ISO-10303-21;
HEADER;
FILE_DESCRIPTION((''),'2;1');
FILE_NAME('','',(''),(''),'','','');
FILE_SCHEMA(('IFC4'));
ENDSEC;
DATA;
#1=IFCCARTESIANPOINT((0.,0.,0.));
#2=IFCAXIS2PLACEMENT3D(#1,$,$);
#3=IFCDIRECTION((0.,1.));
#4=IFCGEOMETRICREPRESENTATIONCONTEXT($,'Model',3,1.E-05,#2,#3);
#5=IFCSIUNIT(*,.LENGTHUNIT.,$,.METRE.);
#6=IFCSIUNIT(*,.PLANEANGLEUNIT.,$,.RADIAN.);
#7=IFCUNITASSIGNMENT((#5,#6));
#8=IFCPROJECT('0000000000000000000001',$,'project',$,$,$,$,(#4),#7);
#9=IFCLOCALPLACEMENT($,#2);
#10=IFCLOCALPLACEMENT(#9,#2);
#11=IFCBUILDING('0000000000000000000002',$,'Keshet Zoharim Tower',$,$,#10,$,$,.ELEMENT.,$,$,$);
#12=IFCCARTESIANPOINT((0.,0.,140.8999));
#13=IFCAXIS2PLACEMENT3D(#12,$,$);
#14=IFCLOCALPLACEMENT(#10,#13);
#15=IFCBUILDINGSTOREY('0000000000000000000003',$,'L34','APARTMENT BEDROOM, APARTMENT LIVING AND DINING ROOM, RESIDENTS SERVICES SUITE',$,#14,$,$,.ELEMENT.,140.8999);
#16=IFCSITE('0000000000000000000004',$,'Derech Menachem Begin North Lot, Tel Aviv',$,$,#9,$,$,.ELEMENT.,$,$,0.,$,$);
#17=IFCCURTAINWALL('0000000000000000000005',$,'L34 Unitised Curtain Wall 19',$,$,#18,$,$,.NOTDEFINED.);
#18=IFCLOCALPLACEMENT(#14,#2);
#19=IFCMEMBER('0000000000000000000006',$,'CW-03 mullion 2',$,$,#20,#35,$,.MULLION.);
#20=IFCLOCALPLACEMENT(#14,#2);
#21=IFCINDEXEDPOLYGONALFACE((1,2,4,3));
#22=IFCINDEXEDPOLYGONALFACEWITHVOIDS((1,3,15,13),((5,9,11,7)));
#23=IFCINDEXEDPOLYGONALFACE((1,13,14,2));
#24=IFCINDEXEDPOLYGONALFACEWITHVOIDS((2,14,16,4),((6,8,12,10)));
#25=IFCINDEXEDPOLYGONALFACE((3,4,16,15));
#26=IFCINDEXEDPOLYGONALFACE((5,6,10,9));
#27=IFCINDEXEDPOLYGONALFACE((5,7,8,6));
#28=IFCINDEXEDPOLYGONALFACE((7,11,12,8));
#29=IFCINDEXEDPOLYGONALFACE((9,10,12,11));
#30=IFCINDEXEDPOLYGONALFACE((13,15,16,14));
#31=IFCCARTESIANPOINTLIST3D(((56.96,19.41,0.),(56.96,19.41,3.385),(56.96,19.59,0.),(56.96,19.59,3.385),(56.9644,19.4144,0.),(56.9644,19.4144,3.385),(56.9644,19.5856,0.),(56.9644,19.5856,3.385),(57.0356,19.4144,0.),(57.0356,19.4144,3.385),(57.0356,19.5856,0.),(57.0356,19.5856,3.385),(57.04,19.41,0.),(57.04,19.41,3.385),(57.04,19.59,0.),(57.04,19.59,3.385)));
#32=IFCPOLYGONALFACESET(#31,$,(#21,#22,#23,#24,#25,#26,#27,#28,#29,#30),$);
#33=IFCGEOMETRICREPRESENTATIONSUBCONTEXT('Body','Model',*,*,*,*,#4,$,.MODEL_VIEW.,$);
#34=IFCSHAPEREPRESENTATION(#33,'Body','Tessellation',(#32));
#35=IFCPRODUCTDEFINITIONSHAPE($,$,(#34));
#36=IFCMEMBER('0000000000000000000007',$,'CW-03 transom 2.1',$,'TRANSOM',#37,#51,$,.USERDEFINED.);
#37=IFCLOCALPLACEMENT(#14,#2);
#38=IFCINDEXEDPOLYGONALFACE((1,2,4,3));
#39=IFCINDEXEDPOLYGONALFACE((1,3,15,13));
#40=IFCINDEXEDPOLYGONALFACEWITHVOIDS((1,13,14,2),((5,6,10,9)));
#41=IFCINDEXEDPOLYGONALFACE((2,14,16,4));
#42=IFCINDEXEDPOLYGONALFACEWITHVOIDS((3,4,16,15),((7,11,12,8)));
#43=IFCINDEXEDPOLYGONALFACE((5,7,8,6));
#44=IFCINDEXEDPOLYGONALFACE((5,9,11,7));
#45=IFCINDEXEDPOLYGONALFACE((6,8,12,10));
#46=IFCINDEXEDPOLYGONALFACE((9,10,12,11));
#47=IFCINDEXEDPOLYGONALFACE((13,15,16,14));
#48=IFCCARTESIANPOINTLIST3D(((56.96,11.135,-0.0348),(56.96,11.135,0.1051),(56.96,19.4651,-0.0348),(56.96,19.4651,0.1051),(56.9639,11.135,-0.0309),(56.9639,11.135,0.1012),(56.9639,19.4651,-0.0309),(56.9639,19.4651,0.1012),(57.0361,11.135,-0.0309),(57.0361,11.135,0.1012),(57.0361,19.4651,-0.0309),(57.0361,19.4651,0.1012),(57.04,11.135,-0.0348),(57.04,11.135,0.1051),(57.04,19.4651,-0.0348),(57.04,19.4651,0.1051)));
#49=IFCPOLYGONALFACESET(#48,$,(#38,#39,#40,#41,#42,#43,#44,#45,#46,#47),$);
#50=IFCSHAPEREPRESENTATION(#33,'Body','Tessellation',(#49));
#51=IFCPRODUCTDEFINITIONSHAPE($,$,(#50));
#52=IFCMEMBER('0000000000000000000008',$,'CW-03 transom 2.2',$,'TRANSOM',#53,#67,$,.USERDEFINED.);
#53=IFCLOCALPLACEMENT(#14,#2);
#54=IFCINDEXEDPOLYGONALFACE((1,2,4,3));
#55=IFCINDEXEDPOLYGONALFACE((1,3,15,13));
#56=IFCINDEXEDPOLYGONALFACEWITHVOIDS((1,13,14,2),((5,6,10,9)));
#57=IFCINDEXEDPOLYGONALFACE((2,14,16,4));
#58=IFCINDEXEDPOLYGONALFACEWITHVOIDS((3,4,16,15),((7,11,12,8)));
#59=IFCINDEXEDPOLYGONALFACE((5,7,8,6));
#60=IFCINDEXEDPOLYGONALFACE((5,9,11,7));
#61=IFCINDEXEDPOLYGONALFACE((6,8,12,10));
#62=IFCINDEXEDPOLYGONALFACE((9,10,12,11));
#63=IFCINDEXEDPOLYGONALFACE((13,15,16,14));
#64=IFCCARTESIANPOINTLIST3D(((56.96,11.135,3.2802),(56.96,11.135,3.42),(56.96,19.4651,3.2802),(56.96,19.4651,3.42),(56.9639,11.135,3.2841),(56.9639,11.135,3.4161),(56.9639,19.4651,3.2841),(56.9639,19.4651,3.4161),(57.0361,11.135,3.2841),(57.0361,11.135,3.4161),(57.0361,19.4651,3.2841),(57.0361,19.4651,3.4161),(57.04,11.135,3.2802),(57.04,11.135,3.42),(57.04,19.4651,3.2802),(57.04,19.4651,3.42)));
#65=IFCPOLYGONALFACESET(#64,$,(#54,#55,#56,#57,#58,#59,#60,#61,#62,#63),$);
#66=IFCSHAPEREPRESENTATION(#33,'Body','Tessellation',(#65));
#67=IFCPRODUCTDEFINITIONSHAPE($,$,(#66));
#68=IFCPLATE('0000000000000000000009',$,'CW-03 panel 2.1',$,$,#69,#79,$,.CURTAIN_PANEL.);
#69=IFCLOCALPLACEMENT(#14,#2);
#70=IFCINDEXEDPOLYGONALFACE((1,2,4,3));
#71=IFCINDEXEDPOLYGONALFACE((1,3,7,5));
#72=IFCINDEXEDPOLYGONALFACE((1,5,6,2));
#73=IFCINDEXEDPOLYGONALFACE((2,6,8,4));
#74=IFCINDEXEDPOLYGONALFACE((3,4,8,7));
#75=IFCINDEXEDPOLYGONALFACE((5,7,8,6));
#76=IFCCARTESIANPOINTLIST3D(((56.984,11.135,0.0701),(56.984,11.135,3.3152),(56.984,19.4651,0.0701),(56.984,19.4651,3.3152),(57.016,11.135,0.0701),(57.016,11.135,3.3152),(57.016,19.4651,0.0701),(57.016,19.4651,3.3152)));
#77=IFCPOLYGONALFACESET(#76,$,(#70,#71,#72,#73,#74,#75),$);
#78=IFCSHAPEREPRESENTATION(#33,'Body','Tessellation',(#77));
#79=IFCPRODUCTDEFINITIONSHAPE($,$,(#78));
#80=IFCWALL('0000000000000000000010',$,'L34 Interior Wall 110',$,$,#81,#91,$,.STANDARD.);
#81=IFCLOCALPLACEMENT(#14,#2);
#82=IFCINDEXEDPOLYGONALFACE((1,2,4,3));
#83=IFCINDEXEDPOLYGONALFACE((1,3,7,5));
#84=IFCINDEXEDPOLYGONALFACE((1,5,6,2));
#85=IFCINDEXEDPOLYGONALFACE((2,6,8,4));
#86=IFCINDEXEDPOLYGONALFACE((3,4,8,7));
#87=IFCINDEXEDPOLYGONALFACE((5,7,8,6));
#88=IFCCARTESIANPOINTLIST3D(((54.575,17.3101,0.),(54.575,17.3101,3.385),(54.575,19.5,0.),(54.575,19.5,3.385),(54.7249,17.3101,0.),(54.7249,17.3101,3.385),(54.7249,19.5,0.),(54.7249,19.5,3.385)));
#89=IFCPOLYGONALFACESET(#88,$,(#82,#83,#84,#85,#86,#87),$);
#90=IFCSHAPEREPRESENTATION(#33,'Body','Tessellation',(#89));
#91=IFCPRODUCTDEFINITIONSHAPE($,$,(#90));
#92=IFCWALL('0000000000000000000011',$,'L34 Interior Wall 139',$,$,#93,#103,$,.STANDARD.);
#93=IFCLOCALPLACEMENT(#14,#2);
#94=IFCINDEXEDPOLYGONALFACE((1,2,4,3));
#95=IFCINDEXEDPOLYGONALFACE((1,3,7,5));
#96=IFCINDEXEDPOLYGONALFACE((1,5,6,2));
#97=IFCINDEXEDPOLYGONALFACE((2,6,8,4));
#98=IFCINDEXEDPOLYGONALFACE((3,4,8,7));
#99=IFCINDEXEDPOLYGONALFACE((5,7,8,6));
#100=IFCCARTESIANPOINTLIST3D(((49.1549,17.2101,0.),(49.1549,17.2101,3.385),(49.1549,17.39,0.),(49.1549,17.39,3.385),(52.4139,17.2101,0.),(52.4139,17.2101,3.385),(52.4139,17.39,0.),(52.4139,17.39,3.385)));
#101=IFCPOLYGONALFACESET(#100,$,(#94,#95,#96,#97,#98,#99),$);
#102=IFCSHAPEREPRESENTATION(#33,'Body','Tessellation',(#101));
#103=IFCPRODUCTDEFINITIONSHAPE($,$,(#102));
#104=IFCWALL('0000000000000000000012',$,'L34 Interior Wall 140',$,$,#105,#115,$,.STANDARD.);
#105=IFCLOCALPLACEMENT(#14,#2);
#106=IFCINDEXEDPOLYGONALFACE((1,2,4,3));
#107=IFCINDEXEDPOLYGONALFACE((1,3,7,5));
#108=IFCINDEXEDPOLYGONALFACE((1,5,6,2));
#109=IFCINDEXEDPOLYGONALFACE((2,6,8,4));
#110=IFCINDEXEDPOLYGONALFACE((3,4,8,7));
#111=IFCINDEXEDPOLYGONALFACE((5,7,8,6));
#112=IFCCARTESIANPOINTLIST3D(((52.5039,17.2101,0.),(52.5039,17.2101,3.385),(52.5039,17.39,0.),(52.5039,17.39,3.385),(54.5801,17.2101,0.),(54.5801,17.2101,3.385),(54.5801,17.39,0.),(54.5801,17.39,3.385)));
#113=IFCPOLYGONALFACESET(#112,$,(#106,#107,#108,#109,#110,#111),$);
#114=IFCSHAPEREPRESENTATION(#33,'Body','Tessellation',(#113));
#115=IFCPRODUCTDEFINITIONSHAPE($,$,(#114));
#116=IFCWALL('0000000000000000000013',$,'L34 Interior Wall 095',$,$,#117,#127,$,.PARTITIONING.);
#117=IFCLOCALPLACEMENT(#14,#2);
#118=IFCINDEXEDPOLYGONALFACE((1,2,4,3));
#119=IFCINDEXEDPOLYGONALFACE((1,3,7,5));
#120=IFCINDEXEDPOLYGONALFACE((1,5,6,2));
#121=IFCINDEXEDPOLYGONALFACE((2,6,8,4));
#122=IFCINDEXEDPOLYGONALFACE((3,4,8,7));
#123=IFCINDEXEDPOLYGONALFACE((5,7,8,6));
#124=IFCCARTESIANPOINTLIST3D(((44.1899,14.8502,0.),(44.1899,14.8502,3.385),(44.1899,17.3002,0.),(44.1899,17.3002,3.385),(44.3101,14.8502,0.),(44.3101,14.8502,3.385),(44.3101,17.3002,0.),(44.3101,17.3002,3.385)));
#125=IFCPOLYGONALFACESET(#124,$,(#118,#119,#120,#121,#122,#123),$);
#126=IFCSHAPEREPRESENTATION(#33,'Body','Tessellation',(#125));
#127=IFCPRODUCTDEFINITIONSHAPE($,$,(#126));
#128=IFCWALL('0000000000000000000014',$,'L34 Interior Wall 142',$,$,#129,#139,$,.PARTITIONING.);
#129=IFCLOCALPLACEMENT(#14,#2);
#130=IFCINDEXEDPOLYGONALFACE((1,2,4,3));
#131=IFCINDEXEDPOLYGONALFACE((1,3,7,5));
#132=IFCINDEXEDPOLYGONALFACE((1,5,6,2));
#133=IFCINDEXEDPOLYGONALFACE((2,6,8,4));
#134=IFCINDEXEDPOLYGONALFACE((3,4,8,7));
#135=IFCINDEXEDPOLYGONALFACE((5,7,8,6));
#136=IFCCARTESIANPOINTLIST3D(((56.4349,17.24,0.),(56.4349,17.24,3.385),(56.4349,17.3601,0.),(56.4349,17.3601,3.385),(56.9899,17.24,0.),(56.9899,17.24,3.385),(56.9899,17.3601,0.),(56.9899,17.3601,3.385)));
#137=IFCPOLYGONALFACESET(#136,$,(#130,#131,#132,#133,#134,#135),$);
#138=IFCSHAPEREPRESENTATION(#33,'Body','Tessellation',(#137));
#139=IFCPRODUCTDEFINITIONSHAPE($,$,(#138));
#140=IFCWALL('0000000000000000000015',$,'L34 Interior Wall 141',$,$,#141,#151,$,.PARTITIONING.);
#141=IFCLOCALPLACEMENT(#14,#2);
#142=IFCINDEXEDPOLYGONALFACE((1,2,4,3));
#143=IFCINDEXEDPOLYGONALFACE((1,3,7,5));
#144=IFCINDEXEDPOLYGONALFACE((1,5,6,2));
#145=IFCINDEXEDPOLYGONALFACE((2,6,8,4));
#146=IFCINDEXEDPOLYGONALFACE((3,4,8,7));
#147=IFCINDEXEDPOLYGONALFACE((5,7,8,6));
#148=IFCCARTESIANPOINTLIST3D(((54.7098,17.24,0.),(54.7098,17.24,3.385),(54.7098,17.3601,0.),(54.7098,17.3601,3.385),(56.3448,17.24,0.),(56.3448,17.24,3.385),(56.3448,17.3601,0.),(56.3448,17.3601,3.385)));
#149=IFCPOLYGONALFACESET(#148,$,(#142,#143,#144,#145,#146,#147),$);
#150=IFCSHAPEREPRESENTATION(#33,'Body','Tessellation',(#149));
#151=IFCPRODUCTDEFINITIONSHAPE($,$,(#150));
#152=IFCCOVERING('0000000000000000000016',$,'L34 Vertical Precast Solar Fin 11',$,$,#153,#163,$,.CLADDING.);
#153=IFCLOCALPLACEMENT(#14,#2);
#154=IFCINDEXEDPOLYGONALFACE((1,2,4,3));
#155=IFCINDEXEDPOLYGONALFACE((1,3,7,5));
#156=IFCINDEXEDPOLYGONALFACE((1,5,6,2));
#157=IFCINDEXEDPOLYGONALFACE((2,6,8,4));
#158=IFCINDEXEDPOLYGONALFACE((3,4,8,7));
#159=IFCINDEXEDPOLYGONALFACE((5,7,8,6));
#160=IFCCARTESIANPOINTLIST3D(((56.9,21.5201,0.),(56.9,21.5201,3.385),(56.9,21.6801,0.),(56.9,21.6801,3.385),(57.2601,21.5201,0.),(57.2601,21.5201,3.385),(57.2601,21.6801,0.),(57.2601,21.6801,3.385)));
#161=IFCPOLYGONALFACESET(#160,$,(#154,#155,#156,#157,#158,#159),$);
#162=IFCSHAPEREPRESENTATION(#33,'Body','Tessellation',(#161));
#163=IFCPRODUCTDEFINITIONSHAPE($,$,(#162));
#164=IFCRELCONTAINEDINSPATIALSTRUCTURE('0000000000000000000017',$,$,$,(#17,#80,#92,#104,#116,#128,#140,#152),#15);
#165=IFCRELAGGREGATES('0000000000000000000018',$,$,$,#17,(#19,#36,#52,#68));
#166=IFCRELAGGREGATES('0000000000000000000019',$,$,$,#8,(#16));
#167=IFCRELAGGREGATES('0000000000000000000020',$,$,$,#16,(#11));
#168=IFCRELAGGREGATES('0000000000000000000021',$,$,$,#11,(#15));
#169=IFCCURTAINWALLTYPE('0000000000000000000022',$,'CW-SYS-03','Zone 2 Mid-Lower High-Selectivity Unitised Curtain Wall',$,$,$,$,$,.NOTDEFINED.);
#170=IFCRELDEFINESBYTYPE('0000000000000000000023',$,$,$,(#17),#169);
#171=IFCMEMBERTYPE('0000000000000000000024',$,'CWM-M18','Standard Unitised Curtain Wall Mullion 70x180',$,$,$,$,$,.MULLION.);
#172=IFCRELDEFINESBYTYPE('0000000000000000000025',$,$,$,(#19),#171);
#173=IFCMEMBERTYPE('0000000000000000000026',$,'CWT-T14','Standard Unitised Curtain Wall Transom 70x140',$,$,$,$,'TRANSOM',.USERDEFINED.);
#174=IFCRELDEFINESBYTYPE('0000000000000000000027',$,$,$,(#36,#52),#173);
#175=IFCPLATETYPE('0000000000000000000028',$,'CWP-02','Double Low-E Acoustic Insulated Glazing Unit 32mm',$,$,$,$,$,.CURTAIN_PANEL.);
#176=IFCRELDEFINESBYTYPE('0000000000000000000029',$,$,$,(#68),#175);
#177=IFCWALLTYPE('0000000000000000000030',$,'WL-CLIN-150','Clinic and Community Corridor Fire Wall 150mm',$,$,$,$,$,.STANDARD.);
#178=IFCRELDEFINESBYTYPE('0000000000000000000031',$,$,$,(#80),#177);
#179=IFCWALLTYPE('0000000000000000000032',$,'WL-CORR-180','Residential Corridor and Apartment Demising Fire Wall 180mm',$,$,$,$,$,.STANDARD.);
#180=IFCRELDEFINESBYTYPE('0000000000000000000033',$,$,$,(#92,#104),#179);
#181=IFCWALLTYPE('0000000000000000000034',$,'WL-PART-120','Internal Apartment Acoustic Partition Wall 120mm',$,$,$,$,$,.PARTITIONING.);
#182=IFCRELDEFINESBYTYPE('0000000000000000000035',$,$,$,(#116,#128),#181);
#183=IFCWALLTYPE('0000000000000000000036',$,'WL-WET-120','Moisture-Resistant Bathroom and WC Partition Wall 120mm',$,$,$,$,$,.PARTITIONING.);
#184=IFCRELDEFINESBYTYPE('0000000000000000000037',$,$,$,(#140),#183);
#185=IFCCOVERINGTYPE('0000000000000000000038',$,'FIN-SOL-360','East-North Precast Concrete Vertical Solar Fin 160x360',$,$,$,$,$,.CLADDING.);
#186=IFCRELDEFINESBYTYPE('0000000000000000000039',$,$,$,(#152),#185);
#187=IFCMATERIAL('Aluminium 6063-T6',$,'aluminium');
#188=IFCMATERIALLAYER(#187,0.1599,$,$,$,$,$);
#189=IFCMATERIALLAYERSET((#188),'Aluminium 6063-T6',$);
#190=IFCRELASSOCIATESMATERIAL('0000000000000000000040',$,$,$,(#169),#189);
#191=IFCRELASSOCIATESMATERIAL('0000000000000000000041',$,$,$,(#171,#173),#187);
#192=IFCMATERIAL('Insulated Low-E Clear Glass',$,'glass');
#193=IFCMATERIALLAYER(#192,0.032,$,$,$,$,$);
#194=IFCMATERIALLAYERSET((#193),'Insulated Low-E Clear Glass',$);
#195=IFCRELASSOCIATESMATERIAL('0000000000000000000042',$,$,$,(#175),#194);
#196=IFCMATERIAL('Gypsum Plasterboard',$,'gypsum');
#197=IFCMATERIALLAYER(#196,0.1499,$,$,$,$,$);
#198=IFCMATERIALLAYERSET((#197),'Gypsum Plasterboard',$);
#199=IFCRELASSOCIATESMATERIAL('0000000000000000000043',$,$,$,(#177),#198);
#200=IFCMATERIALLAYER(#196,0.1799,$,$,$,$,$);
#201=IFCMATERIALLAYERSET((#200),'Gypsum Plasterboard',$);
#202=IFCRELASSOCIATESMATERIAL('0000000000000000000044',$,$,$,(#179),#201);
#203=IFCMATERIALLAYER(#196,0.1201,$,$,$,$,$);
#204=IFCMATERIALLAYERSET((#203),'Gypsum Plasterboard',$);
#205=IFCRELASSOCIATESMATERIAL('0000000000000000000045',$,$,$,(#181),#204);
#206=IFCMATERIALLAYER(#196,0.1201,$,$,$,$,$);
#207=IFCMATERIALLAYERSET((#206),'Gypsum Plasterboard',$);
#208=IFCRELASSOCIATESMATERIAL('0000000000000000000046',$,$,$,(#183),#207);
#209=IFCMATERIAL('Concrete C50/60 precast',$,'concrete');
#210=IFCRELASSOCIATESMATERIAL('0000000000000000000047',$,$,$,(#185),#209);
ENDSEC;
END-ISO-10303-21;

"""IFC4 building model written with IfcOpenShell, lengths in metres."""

from ifc_helpers import new_model, si_unit, direction, frame, frame_2d, origin, origin_2d, place, context, subcontext, project, spatial, rectangle, hollow_rectangle, extrude, material, layer, layer_set, material_profile, profile_set, type_object, element, aggregate, save


model = new_model("IFC4")

# Units and contexts
model_context = context("Model", 3, precision=1e-05, world=origin(), true_north=direction((0.0, 1.0)))
body_context = subcontext(model_context, "Body", "Model", "MODEL_VIEW")
ifc_project = project(units=[si_unit("LENGTHUNIT", "METRE"), si_unit("PLANEANGLEUNIT", "RADIAN")], contexts=[model_context])

# Site, building, storey
site_placement = place(None, origin())
site = spatial("IfcSite", under=ifc_project, at=site_placement, Name="Derech Menachem Begin North Lot, Tel Aviv", CompositionType="ELEMENT", RefElevation=0.0)
building_placement = place(site_placement, origin())
building = spatial("IfcBuilding", under=site, at=building_placement, Name="Keshet Zoharim Tower", CompositionType="ELEMENT")
storey_placement = place(building_placement, frame((0.0, 0.0, 140.8999)))
storey = spatial("IfcBuildingStorey", under=building, at=storey_placement, Name="L34", Description="APARTMENT BEDROOM, APARTMENT LIVING AND DINING ROOM, RESIDENTS SERVICES SUITE", CompositionType="ELEMENT", Elevation=140.8999)

# Curtain wall, members, plate
ifc_material_1 = material(Name="Aluminium 6063-T6", Category="aluminium")
ifc_layer_1 = layer(ifc_material_1, 0.1599)
ifc_layer_set_1 = layer_set([ifc_layer_1], Name="Aluminium 6063-T6")
curtain_wall_type = type_object("IfcCurtainWallType", Name="CW-SYS-03", Description="Zone 2 Mid-Lower High-Selectivity Unitised Curtain Wall", PredefinedType="NOTDEFINED", material=ifc_layer_set_1)
curtain_wall_placement = place(storey_placement, origin())
curtain_wall = element("IfcCurtainWall", 1, at=curtain_wall_placement, inside=storey, type_object=curtain_wall_type, Name="L34 Unitised Curtain Wall 19", PredefinedType="NOTDEFINED")
ifc_material_profile_1 = material_profile(ifc_material_1, hollow_rectangle(XDim=0.0801, YDim=0.1799, WallThickness=0.0044, at=origin_2d()), Name="MUL-80x180")
ifc_profile_set_1 = profile_set([ifc_material_profile_1], Name="Aluminium 6063-T6")
member_type_1 = type_object("IfcMemberType", Name="CWM-M18", Description="Standard Unitised Curtain Wall Mullion 70x180", PredefinedType="MULLION", material=ifc_profile_set_1)
member_1_placement = place(storey_placement, frame((57.0, 19.5, 0.0), z_axis=(0.0, 0.0, 1.0), x_axis=(1.0, 0.0, 0.0)))
member_1 = element("IfcMember", 2, at=member_1_placement, type_object=member_type_1, Name="CW-03 mullion 2", PredefinedType="MULLION", context=body_context, shape_type="SweptSolid", body=[
    extrude(hollow_rectangle(XDim=0.0801, YDim=0.1799, WallThickness=0.0044, at=origin_2d()), origin(), (0.0, 0.0, 1.0), 3.385),
])
ifc_material_profile_2 = material_profile(ifc_material_1, hollow_rectangle(XDim=0.0801, YDim=0.1399, WallThickness=0.0039, at=origin_2d()), Name="TRN-80x140")
ifc_profile_set_2 = profile_set([ifc_material_profile_2], Name="Aluminium 6063-T6")
member_type_2 = type_object("IfcMemberType", Name="CWT-T14", Description="Standard Unitised Curtain Wall Transom 70x140", ElementType="TRANSOM", PredefinedType="USERDEFINED", material=ifc_profile_set_2)
member_2_placement = place(storey_placement, frame((57.0, 19.4651, 0.0352), z_axis=(0.0, -1.0, 0.0), x_axis=(1.0, 0.0, 0.0)))
member_2 = element("IfcMember", 3, at=member_2_placement, type_object=member_type_2, Name="CW-03 transom 2.1", ObjectType="TRANSOM", PredefinedType="USERDEFINED", context=body_context, shape_type="SweptSolid", body=[
    extrude(hollow_rectangle(XDim=0.0801, YDim=0.1399, WallThickness=0.0039, at=origin_2d()), origin(), (0.0, 0.0, 1.0), 8.3301),
])
member_3_placement = place(storey_placement, frame((57.0, 19.4651, 3.3501), z_axis=(0.0, -1.0, 0.0), x_axis=(1.0, 0.0, 0.0)))
member_3 = element("IfcMember", 4, at=member_3_placement, type_object=member_type_2, Name="CW-03 transom 2.2", ObjectType="TRANSOM", PredefinedType="USERDEFINED", context=body_context, shape_type="SweptSolid", body=[
    extrude(hollow_rectangle(XDim=0.0801, YDim=0.1399, WallThickness=0.0039, at=origin_2d()), origin(), (0.0, 0.0, 1.0), 8.3301),
])
ifc_material_2 = material(Name="Insulated Low-E Clear Glass", Category="glass")
ifc_layer_2 = layer(ifc_material_2, 0.032)
ifc_layer_set_2 = layer_set([ifc_layer_2], Name="Insulated Low-E Clear Glass")
plate_type = type_object("IfcPlateType", Name="CWP-02", Description="Double Low-E Acoustic Insulated Glazing Unit 32mm", PredefinedType="CURTAIN_PANEL", material=ifc_layer_set_2)
plate_placement = place(storey_placement, frame((57.0, 15.3, 0.0701), z_axis=(0.0, 0.0, 1.0), x_axis=(0.0, -1.0, 0.0)))
plate = element("IfcPlate", 5, at=plate_placement, type_object=plate_type, Name="CW-03 panel 2.1", PredefinedType="CURTAIN_PANEL", context=body_context, shape_type="SweptSolid", body=[
    extrude(rectangle(XDim=8.3301, YDim=0.032, at=origin_2d()), origin(), (0.0, 0.0, 1.0), 3.2451),
])
aggregate(curtain_wall, [member_1, member_2, member_3, plate])

# Walls
ifc_material_3 = material(Name="Gypsum Plasterboard", Category="gypsum")
ifc_layer_3 = layer(ifc_material_3, 0.1499)
ifc_layer_set_3 = layer_set([ifc_layer_3], Name="Gypsum Plasterboard")
wall_type_1 = type_object("IfcWallType", Name="WL-CLIN-150", Description="Clinic and Community Corridor Fire Wall 150mm", PredefinedType="STANDARD", material=ifc_layer_set_3)
wall_1_placement = place(storey_placement, frame((54.6499, 17.3101, 0.0), z_axis=(0.0, 0.0, 1.0), x_axis=(0.0, 1.0, 0.0)))
element("IfcWall", 6, at=wall_1_placement, inside=storey, type_object=wall_type_1, Name="L34 Interior Wall 110", PredefinedType="STANDARD", context=body_context, shape_type="SweptSolid", body=[
    extrude(rectangle(XDim=2.1899, YDim=0.1499, at=frame_2d((1.095, 0.0))), origin(), (0.0, 0.0, 1.0), 3.385),
])
ifc_layer_4 = layer(ifc_material_3, 0.1799)
ifc_layer_set_4 = layer_set([ifc_layer_4], Name="Gypsum Plasterboard")
wall_type_2 = type_object("IfcWallType", Name="WL-CORR-180", Description="Residential Corridor and Apartment Demising Fire Wall 180mm", PredefinedType="STANDARD", material=ifc_layer_set_4)
wall_2_placement = place(storey_placement, frame((49.155, 17.3, 0.0), z_axis=(0.0, 0.0, 1.0), x_axis=(1.0, 0.0, 0.0)))
element("IfcWall", 7, at=wall_2_placement, inside=storey, type_object=wall_type_2, Name="L34 Interior Wall 139", PredefinedType="STANDARD", context=body_context, shape_type="SweptSolid", body=[
    extrude(rectangle(XDim=3.259, YDim=0.1799, at=frame_2d((1.6294, 0.0))), origin(), (0.0, 0.0, 1.0), 3.385),
])
wall_3_placement = place(storey_placement, frame((52.5039, 17.3, 0.0), z_axis=(0.0, 0.0, 1.0), x_axis=(1.0, 0.0, 0.0)))
element("IfcWall", 8, at=wall_3_placement, inside=storey, type_object=wall_type_2, Name="L34 Interior Wall 140", PredefinedType="STANDARD", context=body_context, shape_type="SweptSolid", body=[
    extrude(rectangle(XDim=2.0762, YDim=0.1799, at=frame_2d((1.0381, 0.0))), origin(), (0.0, 0.0, 1.0), 3.385),
])
ifc_layer_5 = layer(ifc_material_3, 0.1201)
ifc_layer_set_5 = layer_set([ifc_layer_5], Name="Gypsum Plasterboard")
wall_type_3 = type_object("IfcWallType", Name="WL-PART-120", Description="Internal Apartment Acoustic Partition Wall 120mm", PredefinedType="PARTITIONING", material=ifc_layer_set_5)
wall_4_placement = place(storey_placement, frame((44.25, 14.8501, 0.0), z_axis=(0.0, 0.0, 1.0), x_axis=(0.0, 1.0, 0.0)))
element("IfcWall", 9, at=wall_4_placement, inside=storey, type_object=wall_type_3, Name="L34 Interior Wall 095", PredefinedType="PARTITIONING", context=body_context, shape_type="SweptSolid", body=[
    extrude(rectangle(XDim=2.45, YDim=0.1201, at=frame_2d((1.2251, 0.0))), origin(), (0.0, 0.0, 1.0), 3.385),
])

# Walls
wall_5_placement = place(storey_placement, frame((56.4351, 17.3, 0.0), z_axis=(0.0, 0.0, 1.0), x_axis=(1.0, 0.0, 0.0)))
element("IfcWall", 10, at=wall_5_placement, inside=storey, type_object=wall_type_3, Name="L34 Interior Wall 142", PredefinedType="PARTITIONING", context=body_context, shape_type="SweptSolid", body=[
    extrude(rectangle(XDim=0.5549, YDim=0.1201, at=frame_2d((0.2773, 0.0))), origin(), (0.0, 0.0, 1.0), 3.385),
])
ifc_layer_6 = layer(ifc_material_3, 0.1201)
ifc_layer_set_6 = layer_set([ifc_layer_6], Name="Gypsum Plasterboard")
wall_type_4 = type_object("IfcWallType", Name="WL-WET-120", Description="Moisture-Resistant Bathroom and WC Partition Wall 120mm", PredefinedType="PARTITIONING", material=ifc_layer_set_6)
wall_6_placement = place(storey_placement, frame((54.71, 17.3, 0.0), z_axis=(0.0, 0.0, 1.0), x_axis=(1.0, 0.0, 0.0)))
element("IfcWall", 11, at=wall_6_placement, inside=storey, type_object=wall_type_4, Name="L34 Interior Wall 141", PredefinedType="PARTITIONING", context=body_context, shape_type="SweptSolid", body=[
    extrude(rectangle(XDim=1.635, YDim=0.1201, at=frame_2d((0.8174, 0.0))), origin(), (0.0, 0.0, 1.0), 3.385),
])

# Covering
ifc_material_4 = material(Name="Concrete C50/60 precast", Category="concrete")
covering_type = type_object("IfcCoveringType", Name="FIN-SOL-360", Description="East-North Precast Concrete Vertical Solar Fin 160x360", PredefinedType="CLADDING", material=ifc_material_4)
covering_placement = place(storey_placement, frame((57.0801, 21.6001, 0.0), z_axis=(0.0, 0.0, 1.0), x_axis=(0.0, -1.0, 0.0)))
element("IfcCovering", 12, at=covering_placement, inside=storey, type_object=covering_type, Name="L34 Vertical Precast Solar Fin 11", PredefinedType="CLADDING", context=body_context, shape_type="SweptSolid", body=[
    extrude(rectangle(XDim=0.1599, YDim=0.3601, at=origin_2d()), origin(), (0.0, 0.0, 1.0), 3.385),
])

save(model, "model.ifc")
